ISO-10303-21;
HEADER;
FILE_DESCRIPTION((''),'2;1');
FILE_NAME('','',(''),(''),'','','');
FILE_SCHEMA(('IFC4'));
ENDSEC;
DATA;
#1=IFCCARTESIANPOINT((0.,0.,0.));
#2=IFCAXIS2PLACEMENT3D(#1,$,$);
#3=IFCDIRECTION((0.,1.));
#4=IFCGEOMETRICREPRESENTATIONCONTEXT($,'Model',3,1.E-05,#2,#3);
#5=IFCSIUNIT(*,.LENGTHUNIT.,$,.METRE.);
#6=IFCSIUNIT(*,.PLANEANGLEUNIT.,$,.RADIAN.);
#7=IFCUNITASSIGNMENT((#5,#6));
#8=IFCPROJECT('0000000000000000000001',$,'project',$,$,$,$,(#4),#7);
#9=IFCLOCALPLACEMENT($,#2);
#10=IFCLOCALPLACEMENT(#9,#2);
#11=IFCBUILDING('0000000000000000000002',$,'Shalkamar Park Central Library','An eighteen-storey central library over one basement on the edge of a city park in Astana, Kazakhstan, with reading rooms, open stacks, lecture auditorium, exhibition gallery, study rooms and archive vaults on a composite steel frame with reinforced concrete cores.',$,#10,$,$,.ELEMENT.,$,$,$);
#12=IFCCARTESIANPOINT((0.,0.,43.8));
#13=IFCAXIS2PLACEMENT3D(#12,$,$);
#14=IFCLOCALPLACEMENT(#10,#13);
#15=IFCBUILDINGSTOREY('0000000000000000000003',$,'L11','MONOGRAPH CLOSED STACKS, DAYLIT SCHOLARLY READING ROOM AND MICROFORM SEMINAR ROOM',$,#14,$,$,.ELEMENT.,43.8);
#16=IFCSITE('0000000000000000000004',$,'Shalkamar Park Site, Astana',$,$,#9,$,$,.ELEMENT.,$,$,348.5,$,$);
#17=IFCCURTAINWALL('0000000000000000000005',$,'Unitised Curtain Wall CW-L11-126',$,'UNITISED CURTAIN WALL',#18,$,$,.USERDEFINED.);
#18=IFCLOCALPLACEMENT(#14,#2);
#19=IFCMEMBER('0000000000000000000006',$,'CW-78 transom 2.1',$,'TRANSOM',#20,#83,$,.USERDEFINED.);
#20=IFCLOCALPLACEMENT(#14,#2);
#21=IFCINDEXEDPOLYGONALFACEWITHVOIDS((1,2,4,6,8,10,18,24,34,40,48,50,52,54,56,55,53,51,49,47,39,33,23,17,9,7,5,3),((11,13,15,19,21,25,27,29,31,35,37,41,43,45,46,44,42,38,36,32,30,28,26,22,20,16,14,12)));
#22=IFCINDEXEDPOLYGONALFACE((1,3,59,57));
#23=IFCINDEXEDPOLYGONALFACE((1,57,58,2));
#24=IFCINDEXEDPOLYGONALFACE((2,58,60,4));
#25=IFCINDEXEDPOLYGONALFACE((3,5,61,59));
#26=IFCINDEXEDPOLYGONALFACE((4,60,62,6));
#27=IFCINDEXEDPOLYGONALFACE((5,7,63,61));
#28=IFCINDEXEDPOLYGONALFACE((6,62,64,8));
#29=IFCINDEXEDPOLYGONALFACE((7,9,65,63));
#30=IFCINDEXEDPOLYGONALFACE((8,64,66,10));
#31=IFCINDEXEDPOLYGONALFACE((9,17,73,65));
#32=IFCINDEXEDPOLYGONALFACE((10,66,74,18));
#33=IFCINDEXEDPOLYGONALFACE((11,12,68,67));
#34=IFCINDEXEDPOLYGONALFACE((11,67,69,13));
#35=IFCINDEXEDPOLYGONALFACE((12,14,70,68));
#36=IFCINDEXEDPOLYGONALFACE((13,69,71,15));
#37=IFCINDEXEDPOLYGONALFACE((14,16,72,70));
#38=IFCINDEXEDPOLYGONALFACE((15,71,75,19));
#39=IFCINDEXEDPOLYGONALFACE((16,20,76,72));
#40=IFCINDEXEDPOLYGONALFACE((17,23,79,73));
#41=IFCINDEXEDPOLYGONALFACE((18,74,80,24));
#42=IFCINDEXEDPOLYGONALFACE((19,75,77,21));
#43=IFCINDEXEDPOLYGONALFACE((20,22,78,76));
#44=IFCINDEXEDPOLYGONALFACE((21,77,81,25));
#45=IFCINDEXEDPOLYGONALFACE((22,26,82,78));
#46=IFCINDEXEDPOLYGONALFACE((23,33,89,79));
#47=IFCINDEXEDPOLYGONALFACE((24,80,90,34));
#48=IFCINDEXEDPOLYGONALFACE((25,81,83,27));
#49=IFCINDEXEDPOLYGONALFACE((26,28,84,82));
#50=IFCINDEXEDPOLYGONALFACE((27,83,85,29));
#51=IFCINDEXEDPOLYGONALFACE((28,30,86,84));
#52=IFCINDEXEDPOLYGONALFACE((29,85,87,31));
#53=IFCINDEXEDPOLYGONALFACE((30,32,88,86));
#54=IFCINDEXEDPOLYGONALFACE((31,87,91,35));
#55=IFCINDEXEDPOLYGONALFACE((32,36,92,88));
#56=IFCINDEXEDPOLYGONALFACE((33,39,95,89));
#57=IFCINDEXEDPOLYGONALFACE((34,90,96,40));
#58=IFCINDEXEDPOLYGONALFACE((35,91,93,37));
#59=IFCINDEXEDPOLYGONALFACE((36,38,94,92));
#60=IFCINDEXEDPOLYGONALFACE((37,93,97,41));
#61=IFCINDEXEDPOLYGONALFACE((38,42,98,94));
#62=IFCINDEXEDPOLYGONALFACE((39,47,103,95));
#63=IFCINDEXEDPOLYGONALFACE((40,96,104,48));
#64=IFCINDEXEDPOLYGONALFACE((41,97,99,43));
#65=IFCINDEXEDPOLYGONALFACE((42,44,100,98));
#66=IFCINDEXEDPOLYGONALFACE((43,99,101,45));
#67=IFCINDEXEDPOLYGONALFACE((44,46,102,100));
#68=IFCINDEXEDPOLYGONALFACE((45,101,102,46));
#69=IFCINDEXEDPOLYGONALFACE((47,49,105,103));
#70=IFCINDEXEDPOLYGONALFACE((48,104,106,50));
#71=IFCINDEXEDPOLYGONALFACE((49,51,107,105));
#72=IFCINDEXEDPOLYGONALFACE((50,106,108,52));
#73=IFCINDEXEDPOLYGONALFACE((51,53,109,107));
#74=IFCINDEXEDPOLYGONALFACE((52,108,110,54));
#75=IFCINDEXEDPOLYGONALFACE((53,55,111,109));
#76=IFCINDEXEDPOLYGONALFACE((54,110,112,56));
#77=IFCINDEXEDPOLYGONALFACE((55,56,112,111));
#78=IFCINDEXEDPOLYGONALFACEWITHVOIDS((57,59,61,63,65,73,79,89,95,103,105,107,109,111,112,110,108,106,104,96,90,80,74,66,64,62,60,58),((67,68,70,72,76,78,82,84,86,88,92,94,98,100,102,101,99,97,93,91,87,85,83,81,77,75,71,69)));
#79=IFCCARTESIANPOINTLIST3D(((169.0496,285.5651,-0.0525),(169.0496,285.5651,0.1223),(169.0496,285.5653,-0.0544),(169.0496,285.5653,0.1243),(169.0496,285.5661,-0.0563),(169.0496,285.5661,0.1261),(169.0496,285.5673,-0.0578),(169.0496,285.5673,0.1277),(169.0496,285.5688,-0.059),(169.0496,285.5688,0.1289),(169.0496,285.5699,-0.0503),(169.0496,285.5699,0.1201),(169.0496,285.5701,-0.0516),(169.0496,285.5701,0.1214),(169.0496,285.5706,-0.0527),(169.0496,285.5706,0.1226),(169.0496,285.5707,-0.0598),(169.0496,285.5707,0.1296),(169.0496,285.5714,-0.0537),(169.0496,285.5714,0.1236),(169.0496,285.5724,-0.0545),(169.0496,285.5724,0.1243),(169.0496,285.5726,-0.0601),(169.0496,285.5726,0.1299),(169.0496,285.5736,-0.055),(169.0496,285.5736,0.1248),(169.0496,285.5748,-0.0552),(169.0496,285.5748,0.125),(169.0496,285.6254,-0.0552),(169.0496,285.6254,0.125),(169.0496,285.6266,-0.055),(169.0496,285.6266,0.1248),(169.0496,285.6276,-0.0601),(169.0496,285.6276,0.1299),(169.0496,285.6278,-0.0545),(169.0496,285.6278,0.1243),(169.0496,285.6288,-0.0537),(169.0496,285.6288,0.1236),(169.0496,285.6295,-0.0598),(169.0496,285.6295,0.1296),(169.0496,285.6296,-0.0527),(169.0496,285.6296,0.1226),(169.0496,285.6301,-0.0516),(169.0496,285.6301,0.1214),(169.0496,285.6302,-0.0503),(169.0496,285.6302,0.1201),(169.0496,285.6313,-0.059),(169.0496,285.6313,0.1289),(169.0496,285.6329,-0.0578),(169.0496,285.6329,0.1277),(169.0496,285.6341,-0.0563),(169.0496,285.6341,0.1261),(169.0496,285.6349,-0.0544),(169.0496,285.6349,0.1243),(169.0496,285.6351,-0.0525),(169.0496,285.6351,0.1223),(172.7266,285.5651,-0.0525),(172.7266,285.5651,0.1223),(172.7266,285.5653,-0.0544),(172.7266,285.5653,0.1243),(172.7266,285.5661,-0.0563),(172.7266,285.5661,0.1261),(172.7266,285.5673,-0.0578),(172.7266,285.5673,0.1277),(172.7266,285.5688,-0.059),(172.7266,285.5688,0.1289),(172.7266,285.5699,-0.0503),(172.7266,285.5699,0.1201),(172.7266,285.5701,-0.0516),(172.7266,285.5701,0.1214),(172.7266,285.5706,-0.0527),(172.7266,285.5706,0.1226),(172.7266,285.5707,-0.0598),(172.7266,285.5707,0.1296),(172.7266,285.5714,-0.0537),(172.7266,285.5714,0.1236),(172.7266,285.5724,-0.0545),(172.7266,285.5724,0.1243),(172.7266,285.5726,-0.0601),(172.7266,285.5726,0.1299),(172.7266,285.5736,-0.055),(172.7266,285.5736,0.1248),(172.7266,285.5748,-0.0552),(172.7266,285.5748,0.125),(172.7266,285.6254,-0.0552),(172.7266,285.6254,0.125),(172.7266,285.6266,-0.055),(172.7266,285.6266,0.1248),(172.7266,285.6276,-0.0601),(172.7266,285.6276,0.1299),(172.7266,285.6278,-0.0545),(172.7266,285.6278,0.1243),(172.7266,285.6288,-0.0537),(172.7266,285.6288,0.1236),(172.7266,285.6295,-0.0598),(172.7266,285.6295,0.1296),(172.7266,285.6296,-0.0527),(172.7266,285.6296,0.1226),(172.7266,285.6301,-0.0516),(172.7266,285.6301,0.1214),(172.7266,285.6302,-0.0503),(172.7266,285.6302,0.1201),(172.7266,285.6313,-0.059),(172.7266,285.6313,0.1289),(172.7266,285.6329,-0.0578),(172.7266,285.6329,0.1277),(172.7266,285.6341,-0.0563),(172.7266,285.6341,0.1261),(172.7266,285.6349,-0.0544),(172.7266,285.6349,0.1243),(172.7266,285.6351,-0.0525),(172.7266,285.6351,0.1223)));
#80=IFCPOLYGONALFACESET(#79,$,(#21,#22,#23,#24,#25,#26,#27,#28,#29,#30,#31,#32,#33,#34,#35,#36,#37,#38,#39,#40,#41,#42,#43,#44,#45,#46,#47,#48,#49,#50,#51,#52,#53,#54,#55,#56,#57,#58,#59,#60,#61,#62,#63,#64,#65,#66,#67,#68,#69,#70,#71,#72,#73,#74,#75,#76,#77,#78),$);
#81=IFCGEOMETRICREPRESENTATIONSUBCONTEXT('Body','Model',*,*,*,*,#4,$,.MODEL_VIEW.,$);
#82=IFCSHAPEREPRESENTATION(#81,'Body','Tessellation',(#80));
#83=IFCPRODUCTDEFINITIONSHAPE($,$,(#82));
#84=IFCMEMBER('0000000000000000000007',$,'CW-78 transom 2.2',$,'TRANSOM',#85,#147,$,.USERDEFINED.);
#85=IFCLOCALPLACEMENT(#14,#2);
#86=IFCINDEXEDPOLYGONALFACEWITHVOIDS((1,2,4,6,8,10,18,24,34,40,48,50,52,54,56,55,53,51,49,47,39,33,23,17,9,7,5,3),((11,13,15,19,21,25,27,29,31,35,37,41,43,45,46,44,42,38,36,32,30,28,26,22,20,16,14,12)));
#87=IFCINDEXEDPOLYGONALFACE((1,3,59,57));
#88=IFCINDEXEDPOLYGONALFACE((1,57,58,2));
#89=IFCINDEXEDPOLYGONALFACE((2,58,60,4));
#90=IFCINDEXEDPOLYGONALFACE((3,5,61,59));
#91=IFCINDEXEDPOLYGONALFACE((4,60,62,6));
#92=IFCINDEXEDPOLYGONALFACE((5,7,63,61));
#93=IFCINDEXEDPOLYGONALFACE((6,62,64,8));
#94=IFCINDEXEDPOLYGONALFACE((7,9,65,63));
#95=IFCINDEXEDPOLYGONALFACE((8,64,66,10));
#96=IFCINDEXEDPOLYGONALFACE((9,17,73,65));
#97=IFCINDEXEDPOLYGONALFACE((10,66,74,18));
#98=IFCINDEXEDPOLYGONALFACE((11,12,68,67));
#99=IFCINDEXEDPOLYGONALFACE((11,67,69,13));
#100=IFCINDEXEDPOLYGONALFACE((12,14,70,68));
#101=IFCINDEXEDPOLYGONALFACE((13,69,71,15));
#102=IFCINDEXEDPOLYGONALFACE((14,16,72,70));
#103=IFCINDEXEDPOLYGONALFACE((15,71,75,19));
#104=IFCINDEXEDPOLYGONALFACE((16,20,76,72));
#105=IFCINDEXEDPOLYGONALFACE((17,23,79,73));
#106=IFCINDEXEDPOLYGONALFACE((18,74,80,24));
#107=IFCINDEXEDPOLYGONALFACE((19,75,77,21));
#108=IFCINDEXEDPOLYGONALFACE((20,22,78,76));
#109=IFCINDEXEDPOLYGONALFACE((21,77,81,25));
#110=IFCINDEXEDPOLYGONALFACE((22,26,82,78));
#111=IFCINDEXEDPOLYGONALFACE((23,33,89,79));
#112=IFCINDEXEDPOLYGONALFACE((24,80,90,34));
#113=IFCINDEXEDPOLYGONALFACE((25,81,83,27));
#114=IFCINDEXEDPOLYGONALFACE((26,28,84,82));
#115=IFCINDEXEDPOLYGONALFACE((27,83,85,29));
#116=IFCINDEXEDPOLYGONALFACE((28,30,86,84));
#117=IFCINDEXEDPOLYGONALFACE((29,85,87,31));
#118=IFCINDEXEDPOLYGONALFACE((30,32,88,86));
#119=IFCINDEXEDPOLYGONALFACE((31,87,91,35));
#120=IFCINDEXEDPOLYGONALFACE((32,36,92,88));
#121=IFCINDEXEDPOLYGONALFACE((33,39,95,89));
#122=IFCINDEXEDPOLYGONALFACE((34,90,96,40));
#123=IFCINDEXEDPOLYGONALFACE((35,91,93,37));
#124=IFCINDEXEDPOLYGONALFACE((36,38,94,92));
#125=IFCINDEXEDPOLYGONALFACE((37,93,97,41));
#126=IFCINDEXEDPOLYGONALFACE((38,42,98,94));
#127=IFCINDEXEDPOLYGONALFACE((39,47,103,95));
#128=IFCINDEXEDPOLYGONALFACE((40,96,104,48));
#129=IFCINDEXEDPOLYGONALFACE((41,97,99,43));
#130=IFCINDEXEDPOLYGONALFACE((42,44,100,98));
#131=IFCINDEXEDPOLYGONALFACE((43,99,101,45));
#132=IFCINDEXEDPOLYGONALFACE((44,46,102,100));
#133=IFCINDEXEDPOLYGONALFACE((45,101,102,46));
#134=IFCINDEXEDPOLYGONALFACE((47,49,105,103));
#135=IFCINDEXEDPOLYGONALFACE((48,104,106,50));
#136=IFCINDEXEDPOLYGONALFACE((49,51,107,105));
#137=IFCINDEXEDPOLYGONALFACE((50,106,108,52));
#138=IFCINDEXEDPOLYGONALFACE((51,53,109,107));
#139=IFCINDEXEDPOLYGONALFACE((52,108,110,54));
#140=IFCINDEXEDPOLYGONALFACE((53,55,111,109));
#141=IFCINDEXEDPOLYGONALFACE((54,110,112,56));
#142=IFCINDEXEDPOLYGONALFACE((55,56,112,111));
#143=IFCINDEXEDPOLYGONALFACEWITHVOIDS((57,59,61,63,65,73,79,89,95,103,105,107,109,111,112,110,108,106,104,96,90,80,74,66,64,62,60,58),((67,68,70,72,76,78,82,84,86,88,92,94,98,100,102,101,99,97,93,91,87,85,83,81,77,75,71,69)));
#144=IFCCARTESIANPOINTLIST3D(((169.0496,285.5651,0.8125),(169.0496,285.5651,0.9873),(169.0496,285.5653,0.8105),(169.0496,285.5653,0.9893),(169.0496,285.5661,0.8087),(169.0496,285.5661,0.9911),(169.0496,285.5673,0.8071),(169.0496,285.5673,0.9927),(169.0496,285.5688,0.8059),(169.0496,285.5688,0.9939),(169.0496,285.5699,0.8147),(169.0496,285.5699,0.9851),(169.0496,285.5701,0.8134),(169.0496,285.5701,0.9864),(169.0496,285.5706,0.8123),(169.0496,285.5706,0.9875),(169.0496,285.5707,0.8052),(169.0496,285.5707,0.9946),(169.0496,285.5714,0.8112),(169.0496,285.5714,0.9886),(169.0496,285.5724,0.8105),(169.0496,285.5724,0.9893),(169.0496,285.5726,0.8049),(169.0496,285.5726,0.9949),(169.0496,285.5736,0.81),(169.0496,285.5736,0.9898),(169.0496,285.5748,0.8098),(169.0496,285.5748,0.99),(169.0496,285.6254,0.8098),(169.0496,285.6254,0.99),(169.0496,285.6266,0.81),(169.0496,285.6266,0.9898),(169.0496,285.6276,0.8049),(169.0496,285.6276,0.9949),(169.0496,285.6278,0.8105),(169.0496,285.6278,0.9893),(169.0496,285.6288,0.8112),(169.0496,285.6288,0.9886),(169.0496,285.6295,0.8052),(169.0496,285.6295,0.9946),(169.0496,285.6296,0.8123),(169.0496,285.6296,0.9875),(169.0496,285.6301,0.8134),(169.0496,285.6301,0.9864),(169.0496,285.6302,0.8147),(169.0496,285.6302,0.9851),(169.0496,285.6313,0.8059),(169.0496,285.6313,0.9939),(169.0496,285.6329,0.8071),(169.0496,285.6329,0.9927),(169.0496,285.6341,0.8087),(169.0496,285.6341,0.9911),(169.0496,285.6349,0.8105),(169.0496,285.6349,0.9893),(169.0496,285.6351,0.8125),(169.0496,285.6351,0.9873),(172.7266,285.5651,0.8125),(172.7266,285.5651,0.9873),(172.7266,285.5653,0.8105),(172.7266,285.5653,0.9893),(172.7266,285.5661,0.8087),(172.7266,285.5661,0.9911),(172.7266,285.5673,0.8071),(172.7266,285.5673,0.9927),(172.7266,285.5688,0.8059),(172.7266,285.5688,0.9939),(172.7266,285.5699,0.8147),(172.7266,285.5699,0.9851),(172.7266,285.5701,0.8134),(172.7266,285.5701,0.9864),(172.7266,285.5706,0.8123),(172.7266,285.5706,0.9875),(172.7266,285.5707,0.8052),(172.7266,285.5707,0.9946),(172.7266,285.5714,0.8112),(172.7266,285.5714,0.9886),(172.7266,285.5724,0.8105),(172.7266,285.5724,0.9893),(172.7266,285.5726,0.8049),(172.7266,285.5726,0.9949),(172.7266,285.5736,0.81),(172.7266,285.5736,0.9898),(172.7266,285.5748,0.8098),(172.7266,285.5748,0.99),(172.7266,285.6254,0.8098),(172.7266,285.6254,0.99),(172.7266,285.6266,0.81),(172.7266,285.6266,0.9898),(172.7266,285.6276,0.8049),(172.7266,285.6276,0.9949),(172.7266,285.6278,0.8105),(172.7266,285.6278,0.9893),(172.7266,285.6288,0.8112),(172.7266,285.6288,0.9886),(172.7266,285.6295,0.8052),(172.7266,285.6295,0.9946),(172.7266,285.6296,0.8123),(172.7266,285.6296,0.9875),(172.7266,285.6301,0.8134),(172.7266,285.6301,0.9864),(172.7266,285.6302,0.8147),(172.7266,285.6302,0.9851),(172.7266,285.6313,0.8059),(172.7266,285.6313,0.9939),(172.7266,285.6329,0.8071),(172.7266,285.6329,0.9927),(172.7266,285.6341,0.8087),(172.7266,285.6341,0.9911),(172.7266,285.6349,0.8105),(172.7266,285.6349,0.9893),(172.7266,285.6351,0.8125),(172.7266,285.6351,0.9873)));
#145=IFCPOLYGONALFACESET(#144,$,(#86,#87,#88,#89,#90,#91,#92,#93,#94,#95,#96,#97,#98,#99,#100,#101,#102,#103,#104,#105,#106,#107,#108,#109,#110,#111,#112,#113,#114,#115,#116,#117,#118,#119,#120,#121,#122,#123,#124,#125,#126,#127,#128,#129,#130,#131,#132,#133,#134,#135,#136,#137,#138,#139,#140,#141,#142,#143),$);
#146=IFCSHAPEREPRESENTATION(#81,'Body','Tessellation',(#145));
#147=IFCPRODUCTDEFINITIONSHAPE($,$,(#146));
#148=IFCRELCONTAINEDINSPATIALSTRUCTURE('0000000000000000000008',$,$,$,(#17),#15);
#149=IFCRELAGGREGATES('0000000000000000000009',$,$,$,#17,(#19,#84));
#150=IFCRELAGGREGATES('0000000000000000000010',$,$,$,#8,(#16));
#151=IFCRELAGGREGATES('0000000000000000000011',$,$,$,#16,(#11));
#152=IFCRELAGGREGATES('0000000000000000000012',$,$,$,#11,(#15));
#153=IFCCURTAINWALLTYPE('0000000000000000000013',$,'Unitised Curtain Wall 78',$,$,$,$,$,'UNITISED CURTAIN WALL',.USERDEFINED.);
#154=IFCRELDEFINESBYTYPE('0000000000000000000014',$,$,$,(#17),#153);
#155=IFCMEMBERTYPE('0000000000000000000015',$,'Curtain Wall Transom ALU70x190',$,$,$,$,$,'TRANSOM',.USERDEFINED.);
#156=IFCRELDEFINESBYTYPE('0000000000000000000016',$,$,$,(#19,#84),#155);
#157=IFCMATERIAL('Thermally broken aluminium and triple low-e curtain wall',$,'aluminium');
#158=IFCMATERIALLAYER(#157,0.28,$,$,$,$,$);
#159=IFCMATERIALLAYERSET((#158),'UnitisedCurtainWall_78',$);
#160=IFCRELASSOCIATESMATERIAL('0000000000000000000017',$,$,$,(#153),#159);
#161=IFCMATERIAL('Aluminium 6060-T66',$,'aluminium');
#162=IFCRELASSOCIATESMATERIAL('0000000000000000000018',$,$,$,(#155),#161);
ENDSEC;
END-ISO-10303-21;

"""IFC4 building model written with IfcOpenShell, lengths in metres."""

from ifc_helpers import new_model, si_unit, direction, frame, origin, origin_2d, place, context, subcontext, project, spatial, hollow_rectangle, extrude, material, layer, layer_set, material_profile, profile_set, type_object, element, aggregate, save


model = new_model("IFC4")

# Units and contexts
model_context = context("Model", 3, precision=1e-05, world=origin(), true_north=direction((0.0, 1.0)))
body_context = subcontext(model_context, "Body", "Model", "MODEL_VIEW")
ifc_project = project(units=[si_unit("LENGTHUNIT", "METRE"), si_unit("PLANEANGLEUNIT", "RADIAN")], contexts=[model_context])

# Site, building, storey
site_placement = place(None, origin())
site = spatial("IfcSite", under=ifc_project, at=site_placement, Name="Shalkamar Park Site, Astana", CompositionType="ELEMENT", RefElevation=348.5)
building_placement = place(site_placement, origin())
building = spatial("IfcBuilding", under=site, at=building_placement, Name="Shalkamar Park Central Library", Description="An eighteen-storey central library over one basement on the edge of a city park in Astana, Kazakhstan, with reading rooms, open stacks, lecture auditorium, exhibition gallery, study rooms and archive vaults on a composite steel frame with reinforced concrete cores.", CompositionType="ELEMENT")
storey_placement = place(building_placement, frame((0.0, 0.0, 43.8)))
storey = spatial("IfcBuildingStorey", under=building, at=storey_placement, Name="L11", Description="MONOGRAPH CLOSED STACKS, DAYLIT SCHOLARLY READING ROOM AND MICROFORM SEMINAR ROOM", CompositionType="ELEMENT", Elevation=43.8)

# Shared definitions
ifc_material_1 = material(Name="Thermally broken aluminium and triple low-e curtain wall", Category="aluminium")
ifc_material_2 = material(Name="Aluminium 6060-T66", Category="aluminium")

# Curtain wall
ifc_layer_1 = layer(ifc_material_1, 0.28)
ifc_layer_set_1 = layer_set([ifc_layer_1], Name="UnitisedCurtainWall_78")
curtain_wall_type_1 = type_object("IfcCurtainWallType", Name="Unitised Curtain Wall 78", ElementType="UNITISED CURTAIN WALL", PredefinedType="USERDEFINED", material=ifc_layer_set_1)
curtain_wall_1_placement = place(storey_placement, origin())
curtain_wall_1 = element("IfcCurtainWall", 1, at=curtain_wall_1_placement, inside=storey, type_object=curtain_wall_type_1, Name="Unitised Curtain Wall CW-L11-126", ObjectType="UNITISED CURTAIN WALL", PredefinedType="USERDEFINED")

# Members
ifc_material_profile_1 = material_profile(ifc_material_2, hollow_rectangle(XDim=0.0701, YDim=0.1899, WallThickness=0.0049, InnerFilletRadius=0.0049, OuterFilletRadius=0.0076, at=origin_2d()), Name="ALU 70x190x5")
ifc_profile_set_1 = profile_set([ifc_material_profile_1], Name="Aluminium 6060-T66")
member_type_1 = type_object("IfcMemberType", Name="Curtain Wall Transom ALU70x190", ElementType="TRANSOM", PredefinedType="USERDEFINED", material=ifc_profile_set_1)
member_1_placement = place(storey_placement, frame((169.0496, 285.6001, 0.0349), z_axis=(1.0, 0.0, 0.0), x_axis=(0.0, 1.0, 0.0)))
member_1 = element("IfcMember", 2, at=member_1_placement, type_object=member_type_1, Name="CW-78 transom 2.1", ObjectType="TRANSOM", PredefinedType="USERDEFINED", context=body_context, shape_type="SweptSolid", body=[
    extrude(hollow_rectangle(XDim=0.0701, YDim=0.1899, WallThickness=0.0049, InnerFilletRadius=0.0049, OuterFilletRadius=0.0076, at=origin_2d()), origin(), (0.0, 0.0, 1.0), 3.677),
])
member_2_placement = place(storey_placement, frame((169.0496, 285.6001, 0.8999), z_axis=(1.0, 0.0, 0.0), x_axis=(0.0, 1.0, 0.0)))
member_2 = element("IfcMember", 3, at=member_2_placement, type_object=member_type_1, Name="CW-78 transom 2.2", ObjectType="TRANSOM", PredefinedType="USERDEFINED", context=body_context, shape_type="SweptSolid", body=[
    extrude(hollow_rectangle(XDim=0.0701, YDim=0.1899, WallThickness=0.0049, InnerFilletRadius=0.0049, OuterFilletRadius=0.0076, at=origin_2d()), origin(), (0.0, 0.0, 1.0), 3.677),
])

aggregate(curtain_wall_1, [member_1, member_2])

save(model, "model.ifc")
